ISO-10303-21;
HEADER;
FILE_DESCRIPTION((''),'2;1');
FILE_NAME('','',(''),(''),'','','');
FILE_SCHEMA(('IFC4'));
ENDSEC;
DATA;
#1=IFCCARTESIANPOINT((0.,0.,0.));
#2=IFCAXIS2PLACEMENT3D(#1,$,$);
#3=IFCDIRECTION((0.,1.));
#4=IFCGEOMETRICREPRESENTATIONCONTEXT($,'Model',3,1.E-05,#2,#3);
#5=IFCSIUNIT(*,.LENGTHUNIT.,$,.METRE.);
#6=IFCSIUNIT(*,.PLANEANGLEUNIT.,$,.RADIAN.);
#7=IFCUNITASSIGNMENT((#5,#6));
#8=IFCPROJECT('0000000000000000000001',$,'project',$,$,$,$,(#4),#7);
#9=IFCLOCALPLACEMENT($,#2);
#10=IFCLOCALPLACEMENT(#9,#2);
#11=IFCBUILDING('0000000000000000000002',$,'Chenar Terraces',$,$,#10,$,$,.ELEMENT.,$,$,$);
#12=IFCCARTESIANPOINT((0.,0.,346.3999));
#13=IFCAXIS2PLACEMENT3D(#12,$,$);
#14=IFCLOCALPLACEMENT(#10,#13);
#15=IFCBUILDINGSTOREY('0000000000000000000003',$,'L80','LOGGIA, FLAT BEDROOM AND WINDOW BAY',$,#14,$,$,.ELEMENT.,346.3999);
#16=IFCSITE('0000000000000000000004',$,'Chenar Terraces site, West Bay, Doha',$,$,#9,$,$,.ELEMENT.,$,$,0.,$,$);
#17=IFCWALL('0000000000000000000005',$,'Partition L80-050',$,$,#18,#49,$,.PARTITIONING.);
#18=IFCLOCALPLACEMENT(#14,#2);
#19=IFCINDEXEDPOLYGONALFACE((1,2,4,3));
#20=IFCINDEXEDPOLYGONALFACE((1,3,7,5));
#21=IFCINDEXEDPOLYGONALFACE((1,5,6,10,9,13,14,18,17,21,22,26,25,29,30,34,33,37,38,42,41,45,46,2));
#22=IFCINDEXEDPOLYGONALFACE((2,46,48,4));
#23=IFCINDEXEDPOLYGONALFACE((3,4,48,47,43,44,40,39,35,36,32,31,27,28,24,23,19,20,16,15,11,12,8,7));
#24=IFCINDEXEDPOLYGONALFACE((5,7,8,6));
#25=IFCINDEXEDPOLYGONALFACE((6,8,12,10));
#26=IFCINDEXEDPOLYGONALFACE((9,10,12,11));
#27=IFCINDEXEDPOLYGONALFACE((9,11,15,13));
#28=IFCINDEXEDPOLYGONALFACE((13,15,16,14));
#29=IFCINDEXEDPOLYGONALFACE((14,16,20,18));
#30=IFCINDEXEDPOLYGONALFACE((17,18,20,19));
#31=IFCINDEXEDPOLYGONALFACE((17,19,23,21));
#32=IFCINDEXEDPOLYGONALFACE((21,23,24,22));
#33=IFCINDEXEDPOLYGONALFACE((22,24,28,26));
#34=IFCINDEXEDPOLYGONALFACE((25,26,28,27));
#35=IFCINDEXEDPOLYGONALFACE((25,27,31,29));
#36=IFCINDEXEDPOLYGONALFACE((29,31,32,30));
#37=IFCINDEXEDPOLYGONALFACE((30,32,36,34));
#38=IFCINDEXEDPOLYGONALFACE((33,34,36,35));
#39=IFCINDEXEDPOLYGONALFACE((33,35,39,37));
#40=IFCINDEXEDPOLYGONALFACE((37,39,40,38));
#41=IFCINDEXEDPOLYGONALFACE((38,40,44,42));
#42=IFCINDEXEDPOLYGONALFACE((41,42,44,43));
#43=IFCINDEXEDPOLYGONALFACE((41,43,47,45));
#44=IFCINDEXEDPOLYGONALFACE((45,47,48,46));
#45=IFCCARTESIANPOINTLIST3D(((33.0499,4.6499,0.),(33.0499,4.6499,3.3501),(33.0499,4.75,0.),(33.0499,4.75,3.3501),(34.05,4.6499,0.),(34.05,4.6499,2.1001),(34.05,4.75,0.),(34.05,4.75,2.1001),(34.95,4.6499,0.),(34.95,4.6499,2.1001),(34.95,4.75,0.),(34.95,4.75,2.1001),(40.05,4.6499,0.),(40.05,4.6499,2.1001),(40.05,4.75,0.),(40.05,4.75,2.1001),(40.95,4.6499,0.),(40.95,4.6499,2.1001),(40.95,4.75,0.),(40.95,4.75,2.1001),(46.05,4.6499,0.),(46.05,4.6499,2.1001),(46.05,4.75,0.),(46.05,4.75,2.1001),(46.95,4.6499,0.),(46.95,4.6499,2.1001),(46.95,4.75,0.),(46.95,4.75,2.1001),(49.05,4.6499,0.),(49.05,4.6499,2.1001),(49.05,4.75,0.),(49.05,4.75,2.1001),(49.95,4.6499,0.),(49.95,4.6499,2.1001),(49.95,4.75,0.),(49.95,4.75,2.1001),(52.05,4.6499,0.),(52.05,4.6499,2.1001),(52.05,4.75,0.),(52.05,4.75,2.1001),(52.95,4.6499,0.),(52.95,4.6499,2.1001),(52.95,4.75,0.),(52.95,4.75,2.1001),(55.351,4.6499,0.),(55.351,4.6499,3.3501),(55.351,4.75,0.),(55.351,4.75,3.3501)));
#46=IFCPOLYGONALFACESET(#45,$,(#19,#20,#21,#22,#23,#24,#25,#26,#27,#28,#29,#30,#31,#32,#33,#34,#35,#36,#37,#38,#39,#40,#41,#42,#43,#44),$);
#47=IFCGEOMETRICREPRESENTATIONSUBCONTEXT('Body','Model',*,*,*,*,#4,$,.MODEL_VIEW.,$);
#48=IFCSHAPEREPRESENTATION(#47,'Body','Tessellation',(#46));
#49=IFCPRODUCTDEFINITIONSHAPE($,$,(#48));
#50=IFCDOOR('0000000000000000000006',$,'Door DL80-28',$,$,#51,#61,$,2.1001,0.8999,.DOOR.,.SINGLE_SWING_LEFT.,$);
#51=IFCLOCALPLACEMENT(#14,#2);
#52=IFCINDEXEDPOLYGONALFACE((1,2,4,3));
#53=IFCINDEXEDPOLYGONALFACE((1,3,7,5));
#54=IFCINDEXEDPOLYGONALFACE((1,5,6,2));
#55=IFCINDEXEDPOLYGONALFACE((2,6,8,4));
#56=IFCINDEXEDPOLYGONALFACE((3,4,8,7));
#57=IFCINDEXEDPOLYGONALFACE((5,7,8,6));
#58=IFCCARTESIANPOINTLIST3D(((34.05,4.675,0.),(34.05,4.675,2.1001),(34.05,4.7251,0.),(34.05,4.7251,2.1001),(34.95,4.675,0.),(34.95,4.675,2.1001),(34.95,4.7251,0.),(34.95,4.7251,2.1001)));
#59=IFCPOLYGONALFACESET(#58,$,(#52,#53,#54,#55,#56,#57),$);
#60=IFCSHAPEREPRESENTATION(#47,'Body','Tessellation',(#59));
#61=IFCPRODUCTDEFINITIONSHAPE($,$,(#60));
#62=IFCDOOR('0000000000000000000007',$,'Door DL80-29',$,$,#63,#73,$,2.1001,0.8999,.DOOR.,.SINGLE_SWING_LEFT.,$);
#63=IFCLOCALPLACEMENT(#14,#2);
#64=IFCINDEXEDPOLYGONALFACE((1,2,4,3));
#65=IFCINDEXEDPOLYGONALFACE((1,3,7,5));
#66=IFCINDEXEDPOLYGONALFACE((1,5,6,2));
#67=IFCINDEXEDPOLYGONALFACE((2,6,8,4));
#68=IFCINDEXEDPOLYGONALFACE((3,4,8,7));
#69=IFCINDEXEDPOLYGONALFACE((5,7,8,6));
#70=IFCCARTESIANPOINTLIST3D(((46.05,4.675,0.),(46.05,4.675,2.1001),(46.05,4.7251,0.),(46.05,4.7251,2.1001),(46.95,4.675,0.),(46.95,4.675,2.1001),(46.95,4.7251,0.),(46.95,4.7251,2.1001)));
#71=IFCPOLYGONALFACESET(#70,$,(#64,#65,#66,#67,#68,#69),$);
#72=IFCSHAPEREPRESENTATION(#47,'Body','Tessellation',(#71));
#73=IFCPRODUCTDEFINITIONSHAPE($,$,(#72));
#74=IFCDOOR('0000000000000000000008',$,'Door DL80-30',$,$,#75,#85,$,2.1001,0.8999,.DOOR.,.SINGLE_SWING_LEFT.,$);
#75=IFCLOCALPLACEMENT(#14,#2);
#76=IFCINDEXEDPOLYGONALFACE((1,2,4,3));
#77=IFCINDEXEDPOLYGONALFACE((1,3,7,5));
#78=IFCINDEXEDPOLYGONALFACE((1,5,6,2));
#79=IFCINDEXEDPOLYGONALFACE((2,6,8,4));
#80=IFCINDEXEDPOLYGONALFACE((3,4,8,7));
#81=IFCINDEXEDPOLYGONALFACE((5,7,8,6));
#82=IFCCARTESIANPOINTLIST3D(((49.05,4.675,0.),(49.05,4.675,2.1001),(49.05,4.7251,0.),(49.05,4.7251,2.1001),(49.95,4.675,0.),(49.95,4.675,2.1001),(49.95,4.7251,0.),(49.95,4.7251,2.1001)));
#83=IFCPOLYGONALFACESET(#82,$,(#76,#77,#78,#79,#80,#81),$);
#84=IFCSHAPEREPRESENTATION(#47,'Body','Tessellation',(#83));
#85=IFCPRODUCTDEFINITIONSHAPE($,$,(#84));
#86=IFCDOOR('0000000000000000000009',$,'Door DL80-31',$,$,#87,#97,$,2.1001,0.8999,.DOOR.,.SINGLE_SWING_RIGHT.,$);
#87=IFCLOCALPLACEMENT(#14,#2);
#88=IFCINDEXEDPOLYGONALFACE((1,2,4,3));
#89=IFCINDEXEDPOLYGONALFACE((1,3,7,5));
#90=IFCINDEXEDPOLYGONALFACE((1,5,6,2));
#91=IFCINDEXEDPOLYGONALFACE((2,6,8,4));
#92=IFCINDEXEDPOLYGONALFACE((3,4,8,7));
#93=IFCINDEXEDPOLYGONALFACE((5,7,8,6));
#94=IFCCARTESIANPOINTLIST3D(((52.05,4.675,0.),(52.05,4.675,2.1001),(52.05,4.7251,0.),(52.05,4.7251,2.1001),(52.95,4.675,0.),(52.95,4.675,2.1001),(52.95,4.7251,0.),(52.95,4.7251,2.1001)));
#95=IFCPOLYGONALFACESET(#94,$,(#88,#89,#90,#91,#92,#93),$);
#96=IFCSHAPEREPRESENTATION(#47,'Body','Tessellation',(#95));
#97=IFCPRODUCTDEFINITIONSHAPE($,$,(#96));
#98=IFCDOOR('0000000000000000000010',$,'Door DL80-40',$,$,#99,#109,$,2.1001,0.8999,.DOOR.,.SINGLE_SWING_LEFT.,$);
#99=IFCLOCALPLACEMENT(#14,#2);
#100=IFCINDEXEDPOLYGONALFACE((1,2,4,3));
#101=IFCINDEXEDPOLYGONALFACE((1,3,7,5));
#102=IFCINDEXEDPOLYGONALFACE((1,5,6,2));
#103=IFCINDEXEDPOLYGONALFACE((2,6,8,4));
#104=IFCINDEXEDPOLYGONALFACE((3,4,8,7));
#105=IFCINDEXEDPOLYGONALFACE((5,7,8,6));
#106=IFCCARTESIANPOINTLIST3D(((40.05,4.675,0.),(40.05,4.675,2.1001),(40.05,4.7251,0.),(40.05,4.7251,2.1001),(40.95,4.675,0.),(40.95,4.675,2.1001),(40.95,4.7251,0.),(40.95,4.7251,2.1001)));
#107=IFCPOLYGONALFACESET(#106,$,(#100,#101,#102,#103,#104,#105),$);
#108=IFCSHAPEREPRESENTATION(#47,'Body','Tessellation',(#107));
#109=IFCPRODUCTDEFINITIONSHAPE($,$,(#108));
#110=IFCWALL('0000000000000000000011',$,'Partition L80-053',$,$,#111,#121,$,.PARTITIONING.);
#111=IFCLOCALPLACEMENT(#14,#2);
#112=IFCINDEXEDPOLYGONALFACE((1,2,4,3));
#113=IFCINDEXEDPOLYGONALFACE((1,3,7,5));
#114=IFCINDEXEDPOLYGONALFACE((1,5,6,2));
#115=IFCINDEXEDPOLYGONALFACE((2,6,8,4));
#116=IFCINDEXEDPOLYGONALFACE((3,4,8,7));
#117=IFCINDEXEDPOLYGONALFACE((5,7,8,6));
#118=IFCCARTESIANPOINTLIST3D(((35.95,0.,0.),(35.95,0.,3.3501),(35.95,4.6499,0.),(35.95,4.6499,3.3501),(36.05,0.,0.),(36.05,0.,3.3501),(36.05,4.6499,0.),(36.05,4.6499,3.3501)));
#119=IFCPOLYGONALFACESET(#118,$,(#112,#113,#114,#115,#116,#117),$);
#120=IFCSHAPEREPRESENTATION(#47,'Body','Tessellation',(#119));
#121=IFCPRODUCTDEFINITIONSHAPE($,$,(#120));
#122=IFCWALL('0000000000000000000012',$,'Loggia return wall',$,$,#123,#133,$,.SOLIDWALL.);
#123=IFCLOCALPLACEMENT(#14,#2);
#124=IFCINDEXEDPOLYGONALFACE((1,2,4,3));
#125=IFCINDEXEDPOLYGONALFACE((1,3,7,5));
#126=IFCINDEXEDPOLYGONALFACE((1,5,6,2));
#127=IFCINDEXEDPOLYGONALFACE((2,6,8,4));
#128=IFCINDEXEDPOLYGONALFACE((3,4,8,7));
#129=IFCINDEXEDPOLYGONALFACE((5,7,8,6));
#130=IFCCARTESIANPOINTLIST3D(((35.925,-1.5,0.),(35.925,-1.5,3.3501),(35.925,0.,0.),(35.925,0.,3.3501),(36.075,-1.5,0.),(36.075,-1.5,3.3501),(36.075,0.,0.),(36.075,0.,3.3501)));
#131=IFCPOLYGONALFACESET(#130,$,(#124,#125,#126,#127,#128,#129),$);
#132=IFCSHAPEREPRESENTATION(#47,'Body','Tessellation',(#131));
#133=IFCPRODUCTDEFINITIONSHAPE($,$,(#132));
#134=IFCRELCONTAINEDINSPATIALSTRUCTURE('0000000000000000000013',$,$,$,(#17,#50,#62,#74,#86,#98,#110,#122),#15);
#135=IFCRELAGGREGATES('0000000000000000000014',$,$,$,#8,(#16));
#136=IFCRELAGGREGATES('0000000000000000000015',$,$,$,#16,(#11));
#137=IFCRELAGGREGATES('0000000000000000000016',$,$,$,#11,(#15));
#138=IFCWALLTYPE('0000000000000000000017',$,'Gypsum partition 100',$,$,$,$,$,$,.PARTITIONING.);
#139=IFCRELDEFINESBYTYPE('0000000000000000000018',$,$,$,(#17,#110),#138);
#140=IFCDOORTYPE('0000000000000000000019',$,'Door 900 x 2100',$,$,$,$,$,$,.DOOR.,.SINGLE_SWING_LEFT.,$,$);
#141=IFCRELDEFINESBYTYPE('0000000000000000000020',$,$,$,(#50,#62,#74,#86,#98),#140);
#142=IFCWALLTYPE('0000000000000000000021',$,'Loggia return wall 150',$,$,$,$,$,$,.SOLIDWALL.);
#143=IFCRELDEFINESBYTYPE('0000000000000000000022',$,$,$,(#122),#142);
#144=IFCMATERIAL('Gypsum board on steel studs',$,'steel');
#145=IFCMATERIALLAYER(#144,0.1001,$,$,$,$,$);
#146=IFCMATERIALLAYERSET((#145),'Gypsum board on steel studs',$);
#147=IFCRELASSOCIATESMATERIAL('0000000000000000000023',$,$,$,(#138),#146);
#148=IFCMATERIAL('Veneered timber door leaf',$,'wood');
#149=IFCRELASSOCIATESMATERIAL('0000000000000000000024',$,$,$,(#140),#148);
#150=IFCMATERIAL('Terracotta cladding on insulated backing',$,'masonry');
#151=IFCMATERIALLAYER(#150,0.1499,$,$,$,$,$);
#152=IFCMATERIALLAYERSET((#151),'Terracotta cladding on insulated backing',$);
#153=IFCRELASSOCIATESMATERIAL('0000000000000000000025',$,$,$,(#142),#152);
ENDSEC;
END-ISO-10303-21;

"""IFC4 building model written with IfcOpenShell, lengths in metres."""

from ifc_helpers import new_model, si_unit, direction, frame, frame_2d, origin, place, context, subcontext, project, spatial, rectangle, extrude, material, layer, layer_set, type_object, element, fill, save


model = new_model("IFC4")

# Units and contexts
model_context = context("Model", 3, precision=1e-05, world=origin(), true_north=direction((0.0, 1.0)))
body_context = subcontext(model_context, "Body", "Model", "MODEL_VIEW")
ifc_project = project(units=[si_unit("LENGTHUNIT", "METRE"), si_unit("PLANEANGLEUNIT", "RADIAN")], contexts=[model_context])

# Site, building, storey
site_placement = place(None, origin())
site = spatial("IfcSite", under=ifc_project, at=site_placement, Name="Chenar Terraces site, West Bay, Doha", CompositionType="ELEMENT", RefElevation=0.0)
building_placement = place(site_placement, origin())
building = spatial("IfcBuilding", under=site, at=building_placement, Name="Chenar Terraces", CompositionType="ELEMENT")
storey_placement = place(building_placement, frame((0.0, 0.0, 346.3999)))
storey = spatial("IfcBuildingStorey", under=building, at=storey_placement, Name="L80", Description="LOGGIA, FLAT BEDROOM AND WINDOW BAY", CompositionType="ELEMENT", Elevation=346.3999)

# Shared definitions
ifc_material_1 = material(Name="Gypsum board on steel studs", Category="steel")
ifc_layer_1 = layer(ifc_material_1, 0.1001)
ifc_layer_set_1 = layer_set([ifc_layer_1], Name="Gypsum board on steel studs")
wall_type_1 = type_object("IfcWallType", Name="Gypsum partition 100", PredefinedType="PARTITIONING", material=ifc_layer_set_1)
ifc_material_2 = material(Name="Veneered timber door leaf", Category="wood")
door_type_1 = type_object("IfcDoorType", Name="Door 900 x 2100", OperationType="SINGLE_SWING_LEFT", PredefinedType="DOOR", material=ifc_material_2)

# Wall, openings, doors
wall_1_placement = place(storey_placement, frame((33.05, 4.7, 0.0), z_axis=(0.0, 0.0, 1.0), x_axis=(1.0, 0.0, 0.0)))
wall_1 = element("IfcWall", 1, at=wall_1_placement, inside=storey, type_object=wall_type_1, Name="Partition L80-050", PredefinedType="PARTITIONING", context=body_context, shape_type="SweptSolid", body=[
    extrude(rectangle(XDim=22.301, YDim=0.1001, at=frame_2d((11.1504, 0.0))), origin(), (0.0, 0.0, 1.0), 3.3501),
])
opening_1_placement = place(wall_1_placement, frame((1.0, 0.0, 0.0)))
opening_1 = element("IfcOpeningElement", 2, at=opening_1_placement, cuts=wall_1, PredefinedType="OPENING", context=body_context, shape_type="SweptSolid", body=[
    extrude(rectangle(XDim=0.8999, YDim=2.1001, at=frame_2d((0.45, 1.05))), frame((0.0, 0.0601, 0.0), z_axis=(0.0, -1.0, 0.0), x_axis=(1.0, 0.0, 0.0)), (0.0, 0.0, 1.0), 0.1201),
])
opening_2_placement = place(wall_1_placement, frame((13.0, 0.0, 0.0)))
opening_2 = element("IfcOpeningElement", 3, at=opening_2_placement, cuts=wall_1, PredefinedType="OPENING", context=body_context, shape_type="SweptSolid", body=[
    extrude(rectangle(XDim=0.8999, YDim=2.1001, at=frame_2d((0.45, 1.05))), frame((0.0, 0.0601, 0.0), z_axis=(0.0, -1.0, 0.0), x_axis=(1.0, 0.0, 0.0)), (0.0, 0.0, 1.0), 0.1201),
])
opening_3_placement = place(wall_1_placement, frame((16.0, 0.0, 0.0)))
opening_3 = element("IfcOpeningElement", 4, at=opening_3_placement, cuts=wall_1, PredefinedType="OPENING", context=body_context, shape_type="SweptSolid", body=[
    extrude(rectangle(XDim=0.8999, YDim=2.1001, at=frame_2d((0.45, 1.05))), frame((0.0, 0.0601, 0.0), z_axis=(0.0, -1.0, 0.0), x_axis=(1.0, 0.0, 0.0)), (0.0, 0.0, 1.0), 0.1201),
])
opening_4_placement = place(wall_1_placement, frame((19.0, 0.0, 0.0)))
opening_4 = element("IfcOpeningElement", 5, at=opening_4_placement, cuts=wall_1, PredefinedType="OPENING", context=body_context, shape_type="SweptSolid", body=[
    extrude(rectangle(XDim=0.8999, YDim=2.1001, at=frame_2d((0.45, 1.05))), frame((0.0, 0.0601, 0.0), z_axis=(0.0, -1.0, 0.0), x_axis=(1.0, 0.0, 0.0)), (0.0, 0.0, 1.0), 0.1201),
])
opening_5_placement = place(wall_1_placement, frame((7.0, 0.0, 0.0)))
opening_5 = element("IfcOpeningElement", 6, at=opening_5_placement, cuts=wall_1, PredefinedType="OPENING", context=body_context, shape_type="SweptSolid", body=[
    extrude(rectangle(XDim=0.8999, YDim=2.1001, at=frame_2d((0.45, 1.05))), frame((0.0, 0.0601, 0.0), z_axis=(0.0, -1.0, 0.0), x_axis=(1.0, 0.0, 0.0)), (0.0, 0.0, 1.0), 0.1201),
])
door_1_placement = place(opening_1_placement, frame((0.8999, 0.0, 0.0), z_axis=(0.0, 0.0, 1.0), x_axis=(-1.0, 0.0, 0.0)))
door_1 = element("IfcDoor", 7, at=door_1_placement, inside=storey, type_object=door_type_1, Name="Door DL80-28", OperationType="SINGLE_SWING_LEFT", OverallHeight=2.1001, OverallWidth=0.8999, PredefinedType="DOOR", context=body_context, shape_type="SweptSolid", body=[
    extrude(rectangle(XDim=0.8999, YDim=2.1001, at=frame_2d((0.45, 1.05))), frame((0.0, 0.0249, 0.0), z_axis=(0.0, -1.0, 0.0), x_axis=(1.0, 0.0, 0.0)), (0.0, 0.0, 1.0), 0.05),
])
fill(opening_1, door_1)
door_2_placement = place(opening_2_placement, frame((0.8999, 0.0, 0.0), z_axis=(0.0, 0.0, 1.0), x_axis=(-1.0, 0.0, 0.0)))
door_2 = element("IfcDoor", 8, at=door_2_placement, inside=storey, type_object=door_type_1, Name="Door DL80-29", OperationType="SINGLE_SWING_LEFT", OverallHeight=2.1001, OverallWidth=0.8999, PredefinedType="DOOR", context=body_context, shape_type="SweptSolid", body=[
    extrude(rectangle(XDim=0.8999, YDim=2.1001, at=frame_2d((0.45, 1.05))), frame((0.0, 0.0249, 0.0), z_axis=(0.0, -1.0, 0.0), x_axis=(1.0, 0.0, 0.0)), (0.0, 0.0, 1.0), 0.05),
])
fill(opening_2, door_2)
door_3_placement = place(opening_3_placement, frame((0.8999, 0.0, 0.0), z_axis=(0.0, 0.0, 1.0), x_axis=(-1.0, 0.0, 0.0)))
door_3 = element("IfcDoor", 9, at=door_3_placement, inside=storey, type_object=door_type_1, Name="Door DL80-30", OperationType="SINGLE_SWING_LEFT", OverallHeight=2.1001, OverallWidth=0.8999, PredefinedType="DOOR", context=body_context, shape_type="SweptSolid", body=[
    extrude(rectangle(XDim=0.8999, YDim=2.1001, at=frame_2d((0.45, 1.05))), frame((0.0, 0.0249, 0.0), z_axis=(0.0, -1.0, 0.0), x_axis=(1.0, 0.0, 0.0)), (0.0, 0.0, 1.0), 0.05),
])
fill(opening_3, door_3)
door_4_placement = place(opening_4_placement, frame((0.8999, 0.0, 0.0), z_axis=(0.0, 0.0, 1.0), x_axis=(-1.0, 0.0, 0.0)))
door_4 = element("IfcDoor", 10, at=door_4_placement, inside=storey, type_object=door_type_1, Name="Door DL80-31", OperationType="SINGLE_SWING_RIGHT", OverallHeight=2.1001, OverallWidth=0.8999, PredefinedType="DOOR", context=body_context, shape_type="SweptSolid", body=[
    extrude(rectangle(XDim=0.8999, YDim=2.1001, at=frame_2d((0.45, 1.05))), frame((0.0, 0.0249, 0.0), z_axis=(0.0, -1.0, 0.0), x_axis=(1.0, 0.0, 0.0)), (0.0, 0.0, 1.0), 0.05),
])
fill(opening_4, door_4)
door_5_placement = place(opening_5_placement, frame((0.8999, 0.0, 0.0), z_axis=(0.0, 0.0, 1.0), x_axis=(-1.0, 0.0, 0.0)))
door_5 = element("IfcDoor", 11, at=door_5_placement, inside=storey, type_object=door_type_1, Name="Door DL80-40", OperationType="SINGLE_SWING_LEFT", OverallHeight=2.1001, OverallWidth=0.8999, PredefinedType="DOOR", context=body_context, shape_type="SweptSolid", body=[
    extrude(rectangle(XDim=0.8999, YDim=2.1001, at=frame_2d((0.45, 1.05))), frame((0.0, 0.0249, 0.0), z_axis=(0.0, -1.0, 0.0), x_axis=(1.0, 0.0, 0.0)), (0.0, 0.0, 1.0), 0.05),
])
fill(opening_5, door_5)

# Walls
wall_2_placement = place(storey_placement, frame((36.0, 0.0, 0.0), z_axis=(0.0, 0.0, 1.0), x_axis=(0.0, 1.0, 0.0)))
element("IfcWall", 12, at=wall_2_placement, inside=storey, type_object=wall_type_1, Name="Partition L80-053", PredefinedType="PARTITIONING", context=body_context, shape_type="SweptSolid", body=[
    extrude(rectangle(XDim=4.6499, YDim=0.1001, at=frame_2d((2.325, 0.0))), origin(), (0.0, 0.0, 1.0), 3.3501),
])
ifc_material_3 = material(Name="Terracotta cladding on insulated backing", Category="masonry")
ifc_layer_2 = layer(ifc_material_3, 0.1499)
ifc_layer_set_2 = layer_set([ifc_layer_2], Name="Terracotta cladding on insulated backing")
wall_type_2 = type_object("IfcWallType", Name="Loggia return wall 150", PredefinedType="SOLIDWALL", material=ifc_layer_set_2)
wall_3_placement = place(storey_placement, frame((36.0, -1.5, 0.0), z_axis=(0.0, 0.0, 1.0), x_axis=(0.0, 1.0, 0.0)))
element("IfcWall", 13, at=wall_3_placement, inside=storey, type_object=wall_type_2, Name="Loggia return wall", PredefinedType="SOLIDWALL", context=body_context, shape_type="SweptSolid", body=[
    extrude(rectangle(XDim=1.5, YDim=0.1499, at=frame_2d((0.75, 0.0))), origin(), (0.0, 0.0, 1.0), 3.3501),
])

save(model, "model.ifc")
